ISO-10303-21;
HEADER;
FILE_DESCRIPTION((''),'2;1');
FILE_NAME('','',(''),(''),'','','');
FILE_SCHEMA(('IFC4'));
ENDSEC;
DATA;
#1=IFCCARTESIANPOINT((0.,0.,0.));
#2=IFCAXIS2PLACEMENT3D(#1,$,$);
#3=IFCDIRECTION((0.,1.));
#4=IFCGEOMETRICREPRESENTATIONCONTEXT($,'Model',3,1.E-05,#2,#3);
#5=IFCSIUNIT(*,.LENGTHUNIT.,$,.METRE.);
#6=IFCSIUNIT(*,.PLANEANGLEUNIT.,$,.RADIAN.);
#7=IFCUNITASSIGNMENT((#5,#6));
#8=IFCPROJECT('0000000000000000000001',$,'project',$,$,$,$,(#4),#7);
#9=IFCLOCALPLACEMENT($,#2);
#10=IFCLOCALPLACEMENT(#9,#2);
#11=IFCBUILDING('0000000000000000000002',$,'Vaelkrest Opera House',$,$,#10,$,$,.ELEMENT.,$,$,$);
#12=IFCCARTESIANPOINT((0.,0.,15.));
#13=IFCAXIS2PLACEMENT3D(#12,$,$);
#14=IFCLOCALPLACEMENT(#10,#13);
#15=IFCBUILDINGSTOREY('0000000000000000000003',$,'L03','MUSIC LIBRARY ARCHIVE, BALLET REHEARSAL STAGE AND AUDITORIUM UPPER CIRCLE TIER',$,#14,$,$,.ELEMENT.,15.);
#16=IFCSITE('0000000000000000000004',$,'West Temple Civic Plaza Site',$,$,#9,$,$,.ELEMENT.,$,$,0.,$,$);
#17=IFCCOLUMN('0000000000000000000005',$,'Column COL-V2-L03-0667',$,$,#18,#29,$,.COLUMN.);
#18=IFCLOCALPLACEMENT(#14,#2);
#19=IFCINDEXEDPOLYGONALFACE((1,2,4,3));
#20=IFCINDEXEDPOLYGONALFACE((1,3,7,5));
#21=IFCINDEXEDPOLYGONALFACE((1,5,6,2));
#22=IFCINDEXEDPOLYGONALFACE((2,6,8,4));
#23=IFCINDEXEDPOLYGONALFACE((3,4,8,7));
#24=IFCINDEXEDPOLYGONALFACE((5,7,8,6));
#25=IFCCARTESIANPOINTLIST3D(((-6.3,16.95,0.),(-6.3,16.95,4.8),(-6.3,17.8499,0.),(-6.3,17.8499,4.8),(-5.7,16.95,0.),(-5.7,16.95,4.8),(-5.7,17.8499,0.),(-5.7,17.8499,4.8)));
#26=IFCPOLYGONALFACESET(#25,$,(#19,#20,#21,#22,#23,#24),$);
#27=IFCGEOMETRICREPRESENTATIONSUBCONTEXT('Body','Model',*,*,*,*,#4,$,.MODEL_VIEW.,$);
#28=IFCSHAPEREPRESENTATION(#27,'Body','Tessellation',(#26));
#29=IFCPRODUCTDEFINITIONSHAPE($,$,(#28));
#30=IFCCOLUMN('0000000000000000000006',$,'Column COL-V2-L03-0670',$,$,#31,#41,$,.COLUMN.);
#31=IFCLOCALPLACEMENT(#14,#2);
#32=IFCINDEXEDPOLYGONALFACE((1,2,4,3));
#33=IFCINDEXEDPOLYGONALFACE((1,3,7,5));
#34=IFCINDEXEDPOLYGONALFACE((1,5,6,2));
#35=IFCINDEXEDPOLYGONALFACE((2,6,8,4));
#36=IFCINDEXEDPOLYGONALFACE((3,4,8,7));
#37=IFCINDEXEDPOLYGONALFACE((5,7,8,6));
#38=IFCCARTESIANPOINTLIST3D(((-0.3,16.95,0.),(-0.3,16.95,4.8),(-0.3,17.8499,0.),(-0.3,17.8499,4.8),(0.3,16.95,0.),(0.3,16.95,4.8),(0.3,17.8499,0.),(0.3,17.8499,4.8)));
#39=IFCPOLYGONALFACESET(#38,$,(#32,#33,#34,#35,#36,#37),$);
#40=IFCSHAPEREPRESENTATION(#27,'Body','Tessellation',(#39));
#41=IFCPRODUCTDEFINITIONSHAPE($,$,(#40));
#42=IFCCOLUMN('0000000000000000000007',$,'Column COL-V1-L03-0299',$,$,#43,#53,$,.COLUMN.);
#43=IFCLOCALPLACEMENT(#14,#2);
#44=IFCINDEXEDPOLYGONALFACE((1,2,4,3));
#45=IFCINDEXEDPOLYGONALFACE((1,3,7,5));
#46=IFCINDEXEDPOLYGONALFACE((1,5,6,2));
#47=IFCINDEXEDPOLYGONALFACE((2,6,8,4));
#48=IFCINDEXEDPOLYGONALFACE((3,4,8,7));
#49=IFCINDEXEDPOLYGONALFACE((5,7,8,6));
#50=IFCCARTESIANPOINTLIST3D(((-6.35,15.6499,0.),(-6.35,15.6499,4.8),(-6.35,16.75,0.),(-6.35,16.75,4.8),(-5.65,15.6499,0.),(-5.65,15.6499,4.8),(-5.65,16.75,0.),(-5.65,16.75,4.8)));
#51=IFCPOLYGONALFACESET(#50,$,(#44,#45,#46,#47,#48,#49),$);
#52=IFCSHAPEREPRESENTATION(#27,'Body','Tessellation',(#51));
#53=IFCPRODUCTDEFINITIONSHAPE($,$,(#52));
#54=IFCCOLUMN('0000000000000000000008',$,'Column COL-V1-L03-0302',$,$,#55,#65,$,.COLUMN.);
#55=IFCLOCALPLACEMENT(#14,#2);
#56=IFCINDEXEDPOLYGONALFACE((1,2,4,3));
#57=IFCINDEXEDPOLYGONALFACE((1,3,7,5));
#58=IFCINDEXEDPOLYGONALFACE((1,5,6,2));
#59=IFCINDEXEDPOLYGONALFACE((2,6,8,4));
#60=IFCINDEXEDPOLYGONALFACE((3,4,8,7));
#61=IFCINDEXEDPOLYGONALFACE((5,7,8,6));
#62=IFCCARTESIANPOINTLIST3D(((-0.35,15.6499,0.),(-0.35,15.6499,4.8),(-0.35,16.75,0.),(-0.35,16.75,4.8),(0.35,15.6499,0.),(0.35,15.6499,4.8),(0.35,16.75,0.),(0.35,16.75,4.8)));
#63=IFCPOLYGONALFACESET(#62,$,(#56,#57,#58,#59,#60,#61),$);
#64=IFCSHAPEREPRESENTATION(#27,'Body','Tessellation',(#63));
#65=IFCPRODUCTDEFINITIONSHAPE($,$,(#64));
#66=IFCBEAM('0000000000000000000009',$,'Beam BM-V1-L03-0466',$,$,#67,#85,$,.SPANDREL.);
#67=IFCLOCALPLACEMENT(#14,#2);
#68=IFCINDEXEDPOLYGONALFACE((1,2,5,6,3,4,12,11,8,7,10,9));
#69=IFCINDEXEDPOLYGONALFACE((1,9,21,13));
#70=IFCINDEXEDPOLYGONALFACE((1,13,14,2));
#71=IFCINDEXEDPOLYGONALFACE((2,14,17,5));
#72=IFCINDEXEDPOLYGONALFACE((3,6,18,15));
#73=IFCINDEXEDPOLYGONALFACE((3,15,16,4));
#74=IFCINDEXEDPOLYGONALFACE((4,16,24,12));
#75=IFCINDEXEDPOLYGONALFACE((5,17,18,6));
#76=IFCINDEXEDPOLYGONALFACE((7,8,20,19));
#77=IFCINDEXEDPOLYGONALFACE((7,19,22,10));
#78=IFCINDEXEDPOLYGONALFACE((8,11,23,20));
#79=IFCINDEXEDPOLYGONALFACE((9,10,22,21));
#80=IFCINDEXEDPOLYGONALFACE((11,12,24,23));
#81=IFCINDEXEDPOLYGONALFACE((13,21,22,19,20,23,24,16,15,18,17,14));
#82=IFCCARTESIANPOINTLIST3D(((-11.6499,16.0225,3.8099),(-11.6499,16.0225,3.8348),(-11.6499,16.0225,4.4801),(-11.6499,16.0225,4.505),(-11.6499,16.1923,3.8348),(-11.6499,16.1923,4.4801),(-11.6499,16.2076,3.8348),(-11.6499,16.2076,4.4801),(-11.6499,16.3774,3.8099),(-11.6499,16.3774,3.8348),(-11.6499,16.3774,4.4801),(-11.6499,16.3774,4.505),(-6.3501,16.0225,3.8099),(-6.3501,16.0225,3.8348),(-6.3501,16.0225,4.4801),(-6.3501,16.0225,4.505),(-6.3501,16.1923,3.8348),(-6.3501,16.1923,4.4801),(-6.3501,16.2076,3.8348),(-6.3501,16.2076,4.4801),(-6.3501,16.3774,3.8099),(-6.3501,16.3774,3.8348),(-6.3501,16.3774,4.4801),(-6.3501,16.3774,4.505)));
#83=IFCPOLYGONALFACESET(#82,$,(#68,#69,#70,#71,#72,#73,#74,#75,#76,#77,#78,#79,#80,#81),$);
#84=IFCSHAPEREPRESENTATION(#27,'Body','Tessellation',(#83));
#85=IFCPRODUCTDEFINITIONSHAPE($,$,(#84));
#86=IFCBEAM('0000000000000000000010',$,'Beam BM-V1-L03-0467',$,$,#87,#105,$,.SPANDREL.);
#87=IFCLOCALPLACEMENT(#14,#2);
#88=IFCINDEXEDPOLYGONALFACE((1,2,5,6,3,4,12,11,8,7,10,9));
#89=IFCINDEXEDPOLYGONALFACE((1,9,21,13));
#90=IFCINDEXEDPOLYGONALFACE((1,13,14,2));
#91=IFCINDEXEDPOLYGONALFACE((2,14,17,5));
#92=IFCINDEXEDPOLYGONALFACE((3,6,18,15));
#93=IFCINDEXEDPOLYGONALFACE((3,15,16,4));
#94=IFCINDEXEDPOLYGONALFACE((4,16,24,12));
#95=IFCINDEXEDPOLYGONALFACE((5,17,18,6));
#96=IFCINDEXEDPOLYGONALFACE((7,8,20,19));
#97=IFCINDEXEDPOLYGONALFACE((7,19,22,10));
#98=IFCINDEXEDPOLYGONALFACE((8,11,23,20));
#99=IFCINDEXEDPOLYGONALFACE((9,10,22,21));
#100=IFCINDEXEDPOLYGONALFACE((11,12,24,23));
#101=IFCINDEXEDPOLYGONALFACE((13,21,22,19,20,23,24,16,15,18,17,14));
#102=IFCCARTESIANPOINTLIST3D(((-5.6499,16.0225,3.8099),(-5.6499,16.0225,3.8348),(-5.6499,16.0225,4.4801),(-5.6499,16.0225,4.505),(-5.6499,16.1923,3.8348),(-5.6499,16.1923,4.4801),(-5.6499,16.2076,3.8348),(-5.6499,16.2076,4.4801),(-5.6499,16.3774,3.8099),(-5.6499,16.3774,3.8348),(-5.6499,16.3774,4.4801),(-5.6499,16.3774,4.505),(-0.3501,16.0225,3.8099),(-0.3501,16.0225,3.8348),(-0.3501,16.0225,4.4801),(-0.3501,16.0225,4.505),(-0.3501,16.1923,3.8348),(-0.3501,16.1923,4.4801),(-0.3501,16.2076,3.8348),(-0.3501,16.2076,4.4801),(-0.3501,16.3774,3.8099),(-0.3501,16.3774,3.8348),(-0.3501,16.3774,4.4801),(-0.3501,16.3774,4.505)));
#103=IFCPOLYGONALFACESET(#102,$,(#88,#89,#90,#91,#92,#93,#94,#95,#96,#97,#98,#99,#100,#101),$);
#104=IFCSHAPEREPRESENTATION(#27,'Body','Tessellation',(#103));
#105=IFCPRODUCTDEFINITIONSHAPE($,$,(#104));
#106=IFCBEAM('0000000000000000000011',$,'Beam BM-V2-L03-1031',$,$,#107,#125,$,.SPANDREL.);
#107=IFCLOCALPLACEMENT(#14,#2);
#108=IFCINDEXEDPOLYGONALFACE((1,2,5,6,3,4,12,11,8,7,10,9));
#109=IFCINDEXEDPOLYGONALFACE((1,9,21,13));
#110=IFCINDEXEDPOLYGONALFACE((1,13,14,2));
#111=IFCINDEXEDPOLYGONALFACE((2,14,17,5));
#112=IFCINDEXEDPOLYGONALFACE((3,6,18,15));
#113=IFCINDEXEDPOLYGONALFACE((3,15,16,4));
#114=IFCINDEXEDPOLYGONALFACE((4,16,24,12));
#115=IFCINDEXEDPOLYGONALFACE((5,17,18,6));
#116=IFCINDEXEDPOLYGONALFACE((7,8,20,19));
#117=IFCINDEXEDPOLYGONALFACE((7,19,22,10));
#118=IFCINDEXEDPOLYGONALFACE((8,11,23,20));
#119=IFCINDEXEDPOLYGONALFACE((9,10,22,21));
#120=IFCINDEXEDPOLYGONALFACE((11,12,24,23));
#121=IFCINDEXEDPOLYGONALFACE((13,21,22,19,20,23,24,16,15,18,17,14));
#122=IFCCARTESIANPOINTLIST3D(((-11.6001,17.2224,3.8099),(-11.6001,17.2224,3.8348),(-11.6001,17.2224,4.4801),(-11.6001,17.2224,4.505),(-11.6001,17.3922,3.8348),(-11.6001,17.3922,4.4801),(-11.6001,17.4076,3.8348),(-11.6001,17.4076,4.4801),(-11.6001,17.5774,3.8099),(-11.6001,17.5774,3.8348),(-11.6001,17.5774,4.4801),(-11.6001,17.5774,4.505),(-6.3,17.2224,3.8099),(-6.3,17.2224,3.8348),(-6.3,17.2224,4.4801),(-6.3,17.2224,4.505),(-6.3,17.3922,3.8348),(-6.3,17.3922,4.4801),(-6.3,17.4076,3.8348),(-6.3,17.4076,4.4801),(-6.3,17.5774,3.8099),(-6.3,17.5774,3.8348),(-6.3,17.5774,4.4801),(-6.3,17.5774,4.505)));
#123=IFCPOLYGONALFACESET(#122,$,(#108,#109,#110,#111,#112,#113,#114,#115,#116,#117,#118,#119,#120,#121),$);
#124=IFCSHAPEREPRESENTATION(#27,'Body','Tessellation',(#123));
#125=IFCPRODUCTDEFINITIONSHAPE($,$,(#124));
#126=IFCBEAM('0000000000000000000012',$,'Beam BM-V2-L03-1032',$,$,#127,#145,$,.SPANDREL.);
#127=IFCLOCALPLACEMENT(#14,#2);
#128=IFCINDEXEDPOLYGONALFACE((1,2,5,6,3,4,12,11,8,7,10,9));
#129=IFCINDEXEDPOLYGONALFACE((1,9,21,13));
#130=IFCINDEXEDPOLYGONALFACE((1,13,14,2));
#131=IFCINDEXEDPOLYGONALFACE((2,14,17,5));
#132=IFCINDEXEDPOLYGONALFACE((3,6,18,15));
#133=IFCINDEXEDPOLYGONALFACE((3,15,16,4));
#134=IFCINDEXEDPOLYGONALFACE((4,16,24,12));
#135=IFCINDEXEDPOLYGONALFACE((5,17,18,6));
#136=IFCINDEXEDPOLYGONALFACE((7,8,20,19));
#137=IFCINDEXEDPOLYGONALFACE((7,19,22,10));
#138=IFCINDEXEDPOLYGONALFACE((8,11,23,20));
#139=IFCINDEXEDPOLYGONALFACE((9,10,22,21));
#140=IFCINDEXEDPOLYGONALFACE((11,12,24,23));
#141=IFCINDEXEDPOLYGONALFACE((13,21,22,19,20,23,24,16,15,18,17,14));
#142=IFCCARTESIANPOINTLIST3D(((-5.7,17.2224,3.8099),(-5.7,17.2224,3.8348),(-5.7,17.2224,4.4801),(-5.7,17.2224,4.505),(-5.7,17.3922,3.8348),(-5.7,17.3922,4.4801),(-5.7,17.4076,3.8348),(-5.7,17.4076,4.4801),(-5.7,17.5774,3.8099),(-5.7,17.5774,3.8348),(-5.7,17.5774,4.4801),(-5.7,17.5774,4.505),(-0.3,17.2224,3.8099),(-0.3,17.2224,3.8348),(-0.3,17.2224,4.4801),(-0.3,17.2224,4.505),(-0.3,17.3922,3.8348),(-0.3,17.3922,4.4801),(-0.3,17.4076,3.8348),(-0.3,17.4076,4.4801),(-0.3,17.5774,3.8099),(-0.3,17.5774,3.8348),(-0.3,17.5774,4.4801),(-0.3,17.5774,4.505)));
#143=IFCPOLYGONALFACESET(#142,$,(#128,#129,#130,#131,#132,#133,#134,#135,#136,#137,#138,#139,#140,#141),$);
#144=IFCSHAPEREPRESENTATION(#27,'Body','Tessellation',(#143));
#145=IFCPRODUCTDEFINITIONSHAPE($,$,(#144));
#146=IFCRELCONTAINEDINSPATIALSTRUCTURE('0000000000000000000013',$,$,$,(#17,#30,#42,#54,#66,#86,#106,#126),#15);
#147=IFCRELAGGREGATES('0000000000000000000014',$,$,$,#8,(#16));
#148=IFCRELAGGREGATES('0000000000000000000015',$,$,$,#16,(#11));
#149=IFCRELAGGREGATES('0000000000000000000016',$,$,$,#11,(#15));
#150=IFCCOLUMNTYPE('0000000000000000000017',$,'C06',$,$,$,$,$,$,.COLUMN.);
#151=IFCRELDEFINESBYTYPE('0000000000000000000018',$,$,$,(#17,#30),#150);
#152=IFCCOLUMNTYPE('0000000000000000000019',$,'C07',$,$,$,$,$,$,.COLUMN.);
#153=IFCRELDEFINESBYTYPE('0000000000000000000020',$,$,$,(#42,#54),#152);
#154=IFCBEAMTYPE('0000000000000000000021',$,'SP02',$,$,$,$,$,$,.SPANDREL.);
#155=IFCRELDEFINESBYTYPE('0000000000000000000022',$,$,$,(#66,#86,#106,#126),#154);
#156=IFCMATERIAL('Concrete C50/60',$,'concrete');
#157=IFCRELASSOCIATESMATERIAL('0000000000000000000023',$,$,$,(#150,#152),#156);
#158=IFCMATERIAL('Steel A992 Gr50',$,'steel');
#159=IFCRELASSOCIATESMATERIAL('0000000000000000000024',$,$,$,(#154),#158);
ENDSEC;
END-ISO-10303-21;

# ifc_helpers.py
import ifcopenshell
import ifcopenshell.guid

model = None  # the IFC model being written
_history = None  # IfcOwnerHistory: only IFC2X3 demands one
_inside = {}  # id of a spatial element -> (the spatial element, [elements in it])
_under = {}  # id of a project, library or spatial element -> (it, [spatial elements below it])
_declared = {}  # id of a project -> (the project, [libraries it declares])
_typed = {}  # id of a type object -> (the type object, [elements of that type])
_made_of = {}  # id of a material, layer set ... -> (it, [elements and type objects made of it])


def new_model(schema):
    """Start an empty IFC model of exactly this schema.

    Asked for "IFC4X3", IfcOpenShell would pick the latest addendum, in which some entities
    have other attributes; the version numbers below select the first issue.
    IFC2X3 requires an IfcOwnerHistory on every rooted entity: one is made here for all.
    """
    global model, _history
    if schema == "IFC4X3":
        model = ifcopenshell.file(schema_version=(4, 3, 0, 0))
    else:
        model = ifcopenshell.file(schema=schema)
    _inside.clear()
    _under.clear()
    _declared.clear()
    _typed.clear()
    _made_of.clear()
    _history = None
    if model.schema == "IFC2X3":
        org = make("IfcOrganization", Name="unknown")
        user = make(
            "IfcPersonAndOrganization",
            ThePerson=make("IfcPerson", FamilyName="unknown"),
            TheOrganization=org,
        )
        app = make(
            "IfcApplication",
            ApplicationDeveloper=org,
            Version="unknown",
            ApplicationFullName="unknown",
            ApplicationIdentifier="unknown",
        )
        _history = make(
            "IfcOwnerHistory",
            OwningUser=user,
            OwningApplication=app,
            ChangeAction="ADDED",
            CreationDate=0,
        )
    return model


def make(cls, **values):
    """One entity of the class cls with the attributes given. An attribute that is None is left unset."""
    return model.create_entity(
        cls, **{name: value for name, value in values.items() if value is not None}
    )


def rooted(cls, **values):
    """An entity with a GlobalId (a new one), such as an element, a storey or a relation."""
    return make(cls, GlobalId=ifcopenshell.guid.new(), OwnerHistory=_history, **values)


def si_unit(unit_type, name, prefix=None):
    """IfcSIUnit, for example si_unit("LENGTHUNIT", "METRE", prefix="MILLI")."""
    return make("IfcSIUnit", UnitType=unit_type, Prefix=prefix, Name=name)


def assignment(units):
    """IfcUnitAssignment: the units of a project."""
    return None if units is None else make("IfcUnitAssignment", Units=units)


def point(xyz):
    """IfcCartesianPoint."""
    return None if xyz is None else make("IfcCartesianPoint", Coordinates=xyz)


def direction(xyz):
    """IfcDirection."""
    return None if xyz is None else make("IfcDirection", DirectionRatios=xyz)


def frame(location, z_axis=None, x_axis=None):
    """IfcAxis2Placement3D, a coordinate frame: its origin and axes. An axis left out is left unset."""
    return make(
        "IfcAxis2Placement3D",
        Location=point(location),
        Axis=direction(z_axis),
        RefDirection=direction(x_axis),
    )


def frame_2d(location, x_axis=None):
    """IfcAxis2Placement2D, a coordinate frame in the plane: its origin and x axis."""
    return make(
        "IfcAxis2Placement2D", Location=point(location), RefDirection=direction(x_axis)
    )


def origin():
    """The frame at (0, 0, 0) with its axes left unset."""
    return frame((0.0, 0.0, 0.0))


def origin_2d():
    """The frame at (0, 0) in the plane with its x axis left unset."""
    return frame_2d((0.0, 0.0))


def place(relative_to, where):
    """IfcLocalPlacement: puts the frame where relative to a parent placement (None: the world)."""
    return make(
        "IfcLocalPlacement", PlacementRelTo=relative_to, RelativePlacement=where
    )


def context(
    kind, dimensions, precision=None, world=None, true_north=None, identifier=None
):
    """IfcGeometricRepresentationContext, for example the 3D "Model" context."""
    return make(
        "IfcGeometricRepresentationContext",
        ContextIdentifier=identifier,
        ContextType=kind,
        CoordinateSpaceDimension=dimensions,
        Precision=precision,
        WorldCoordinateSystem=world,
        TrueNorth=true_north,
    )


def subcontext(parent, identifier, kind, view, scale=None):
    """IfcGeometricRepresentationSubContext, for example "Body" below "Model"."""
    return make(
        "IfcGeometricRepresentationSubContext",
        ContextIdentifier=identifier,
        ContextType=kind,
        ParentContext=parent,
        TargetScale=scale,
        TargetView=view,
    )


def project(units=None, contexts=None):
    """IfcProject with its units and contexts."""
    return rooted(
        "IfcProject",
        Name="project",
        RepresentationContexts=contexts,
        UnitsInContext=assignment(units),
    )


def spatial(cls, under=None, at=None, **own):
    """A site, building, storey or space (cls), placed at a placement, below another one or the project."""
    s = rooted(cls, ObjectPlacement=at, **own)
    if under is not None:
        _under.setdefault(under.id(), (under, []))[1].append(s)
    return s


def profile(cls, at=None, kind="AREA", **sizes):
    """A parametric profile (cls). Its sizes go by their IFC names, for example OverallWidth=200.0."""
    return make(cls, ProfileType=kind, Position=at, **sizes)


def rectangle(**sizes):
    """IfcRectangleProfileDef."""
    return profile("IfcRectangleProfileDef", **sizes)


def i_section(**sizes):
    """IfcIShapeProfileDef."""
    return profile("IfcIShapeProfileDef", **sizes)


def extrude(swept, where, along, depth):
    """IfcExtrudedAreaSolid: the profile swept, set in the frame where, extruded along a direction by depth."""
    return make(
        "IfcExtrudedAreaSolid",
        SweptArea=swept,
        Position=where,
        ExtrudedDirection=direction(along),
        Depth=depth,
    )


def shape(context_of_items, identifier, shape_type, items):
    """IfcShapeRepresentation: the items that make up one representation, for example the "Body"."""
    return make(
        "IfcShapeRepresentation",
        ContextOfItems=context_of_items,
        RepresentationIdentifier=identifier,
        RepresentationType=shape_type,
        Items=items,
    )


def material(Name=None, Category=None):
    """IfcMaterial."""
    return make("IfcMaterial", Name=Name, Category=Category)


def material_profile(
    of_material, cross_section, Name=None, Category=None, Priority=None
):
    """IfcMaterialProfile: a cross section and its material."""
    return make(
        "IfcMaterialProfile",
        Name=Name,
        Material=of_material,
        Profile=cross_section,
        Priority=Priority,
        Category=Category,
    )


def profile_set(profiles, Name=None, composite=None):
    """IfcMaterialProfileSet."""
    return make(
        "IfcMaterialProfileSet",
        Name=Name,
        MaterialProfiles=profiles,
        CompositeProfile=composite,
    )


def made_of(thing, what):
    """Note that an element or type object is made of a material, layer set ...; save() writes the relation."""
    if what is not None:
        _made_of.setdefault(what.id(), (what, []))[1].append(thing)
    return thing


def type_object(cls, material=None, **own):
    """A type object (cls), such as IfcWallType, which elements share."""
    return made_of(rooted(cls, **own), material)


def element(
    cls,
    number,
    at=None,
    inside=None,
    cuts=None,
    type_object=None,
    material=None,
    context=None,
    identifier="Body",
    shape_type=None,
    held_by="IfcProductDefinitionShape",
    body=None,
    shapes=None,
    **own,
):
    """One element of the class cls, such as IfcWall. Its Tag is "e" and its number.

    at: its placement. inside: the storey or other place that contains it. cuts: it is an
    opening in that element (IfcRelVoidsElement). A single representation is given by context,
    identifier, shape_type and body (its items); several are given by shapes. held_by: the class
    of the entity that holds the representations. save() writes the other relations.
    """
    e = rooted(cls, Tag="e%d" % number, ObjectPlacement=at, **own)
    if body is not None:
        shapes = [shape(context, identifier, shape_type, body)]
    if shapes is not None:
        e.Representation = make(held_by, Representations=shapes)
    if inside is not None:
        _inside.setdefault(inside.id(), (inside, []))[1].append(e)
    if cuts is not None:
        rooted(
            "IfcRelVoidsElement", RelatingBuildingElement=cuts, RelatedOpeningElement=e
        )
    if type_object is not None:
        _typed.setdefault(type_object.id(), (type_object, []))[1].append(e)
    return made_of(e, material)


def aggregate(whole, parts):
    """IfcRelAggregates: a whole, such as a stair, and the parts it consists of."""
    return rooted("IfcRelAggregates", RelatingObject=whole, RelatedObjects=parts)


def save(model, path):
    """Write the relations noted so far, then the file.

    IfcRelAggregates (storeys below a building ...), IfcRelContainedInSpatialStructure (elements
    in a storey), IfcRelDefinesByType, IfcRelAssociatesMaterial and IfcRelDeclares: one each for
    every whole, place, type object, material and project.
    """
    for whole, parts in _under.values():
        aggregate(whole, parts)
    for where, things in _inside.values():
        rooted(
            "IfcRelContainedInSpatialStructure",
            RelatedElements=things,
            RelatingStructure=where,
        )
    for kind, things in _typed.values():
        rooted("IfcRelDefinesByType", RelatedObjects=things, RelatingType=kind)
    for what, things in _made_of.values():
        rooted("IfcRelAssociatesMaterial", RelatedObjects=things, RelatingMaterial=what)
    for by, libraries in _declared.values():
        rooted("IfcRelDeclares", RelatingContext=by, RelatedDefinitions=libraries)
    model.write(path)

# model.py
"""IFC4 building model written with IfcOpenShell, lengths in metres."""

from ifc_helpers import new_model, si_unit, direction, frame, origin, origin_2d, place, context, subcontext, project, spatial, rectangle, i_section, extrude, material, material_profile, profile_set, type_object, element, save


model = new_model("IFC4")

# Units and contexts
model_context = context("Model", 3, precision=1e-05, world=origin(), true_north=direction((0.0, 1.0)))
body_context = subcontext(model_context, "Body", "Model", "MODEL_VIEW")
ifc_project = project(units=[si_unit("LENGTHUNIT", "METRE"), si_unit("PLANEANGLEUNIT", "RADIAN")], contexts=[model_context])

# Site, building, storey
site_placement = place(None, origin())
site = spatial("IfcSite", under=ifc_project, at=site_placement, Name="West Temple Civic Plaza Site", CompositionType="ELEMENT", RefElevation=0.0)
building_placement = place(site_placement, origin())
building = spatial("IfcBuilding", under=site, at=building_placement, Name="Vaelkrest Opera House", CompositionType="ELEMENT")
storey_placement = place(building_placement, frame((0.0, 0.0, 15.0)))
storey = spatial("IfcBuildingStorey", under=building, at=storey_placement, Name="L03", Description="MUSIC LIBRARY ARCHIVE, BALLET REHEARSAL STAGE AND AUDITORIUM UPPER CIRCLE TIER", CompositionType="ELEMENT", Elevation=15.0)

# Columns
ifc_material_1 = material(Name="Concrete C50/60", Category="concrete")
ifc_material_profile_1 = material_profile(ifc_material_1, rectangle(XDim=0.6001, YDim=0.8999, at=origin_2d()), Name="RC600X900")
ifc_profile_set_1 = profile_set([ifc_material_profile_1], Name="Concrete C50/60")
column_type_1 = type_object("IfcColumnType", Name="C06", PredefinedType="COLUMN", material=ifc_profile_set_1)
for number, where, z_axis, x_axis, name in (
    (1, (-6.0, 17.3999, 0.0), (0.0, 0.0, 1.0), (1.0, 0.0, 0.0), "Column COL-V2-L03-0667"),
    (2, (0.0, 17.3999, 0.0), (0.0, 0.0, 1.0), (1.0, 0.0, 0.0), "Column COL-V2-L03-0670"),
):
    element("IfcColumn", number, at=place(storey_placement, frame(where, z_axis=z_axis, x_axis=x_axis)), inside=storey, type_object=column_type_1, Name=name, PredefinedType="COLUMN", context=body_context, shape_type="SweptSolid", body=[
        extrude(rectangle(XDim=0.6001, YDim=0.8999, at=origin_2d()), origin(), (0.0, 0.0, 1.0), 4.8),
    ])
ifc_material_profile_2 = material_profile(ifc_material_1, rectangle(XDim=0.7, YDim=1.1001, at=origin_2d()), Name="RC700X1100")
ifc_profile_set_2 = profile_set([ifc_material_profile_2], Name="Concrete C50/60")
column_type_2 = type_object("IfcColumnType", Name="C07", PredefinedType="COLUMN", material=ifc_profile_set_2)
for number, where, z_axis, x_axis, name in (
    (3, (-6.0, 16.2, 0.0), (0.0, 0.0, 1.0), (1.0, 0.0, 0.0), "Column COL-V1-L03-0299"),
    (4, (0.0, 16.2, 0.0), (0.0, 0.0, 1.0), (1.0, 0.0, 0.0), "Column COL-V1-L03-0302"),
):
    element("IfcColumn", number, at=place(storey_placement, frame(where, z_axis=z_axis, x_axis=x_axis)), inside=storey, type_object=column_type_2, Name=name, PredefinedType="COLUMN", context=body_context, shape_type="SweptSolid", body=[
        extrude(rectangle(XDim=0.7, YDim=1.1001, at=origin_2d()), origin(), (0.0, 0.0, 1.0), 4.8),
    ])

# Beams
ifc_material_2 = material(Name="Steel A992 Gr50", Category="steel")
ifc_material_profile_3 = material_profile(ifc_material_2, i_section(OverallWidth=0.355, OverallDepth=0.6951, WebThickness=0.0154, FlangeThickness=0.0249, at=origin_2d()), Name="W27X146")
ifc_profile_set_3 = profile_set([ifc_material_profile_3], Name="Steel A992 Gr50")
beam_type = type_object("IfcBeamType", Name="SP02", PredefinedType="SPANDREL", material=ifc_profile_set_3)
for number, where, z_axis, x_axis, name in (
    (5, (-11.6499, 16.2, 4.1575), (1.0, 0.0, 0.0), (0.0, 1.0, 0.0), "Beam BM-V1-L03-0466"),
    (6, (-5.6499, 16.2, 4.1575), (1.0, 0.0, 0.0), (0.0, 1.0, 0.0), "Beam BM-V1-L03-0467"),
):
    element("IfcBeam", number, at=place(storey_placement, frame(where, z_axis=z_axis, x_axis=x_axis)), inside=storey, type_object=beam_type, Name=name, PredefinedType="SPANDREL", context=body_context, shape_type="SweptSolid", body=[
        extrude(i_section(OverallWidth=0.355, OverallDepth=0.6951, WebThickness=0.0154, FlangeThickness=0.0249, at=origin_2d()), origin(), (0.0, 0.0, 1.0), 5.2998),
    ])
beam_1_placement = place(storey_placement, frame((-11.6001, 17.3999, 4.1575), z_axis=(1.0, 0.0, 0.0), x_axis=(0.0, 1.0, 0.0)))
element("IfcBeam", 7, at=beam_1_placement, inside=storey, type_object=beam_type, Name="Beam BM-V2-L03-1031", PredefinedType="SPANDREL", context=body_context, shape_type="SweptSolid", body=[
    extrude(i_section(OverallWidth=0.355, OverallDepth=0.6951, WebThickness=0.0154, FlangeThickness=0.0249, at=origin_2d()), origin(), (0.0, 0.0, 1.0), 5.3),
])
beam_2_placement = place(storey_placement, frame((-5.7, 17.3999, 4.1575), z_axis=(1.0, 0.0, 0.0), x_axis=(0.0, 1.0, 0.0)))
element("IfcBeam", 8, at=beam_2_placement, inside=storey, type_object=beam_type, Name="Beam BM-V2-L03-1032", PredefinedType="SPANDREL", context=body_context, shape_type="SweptSolid", body=[
    extrude(i_section(OverallWidth=0.355, OverallDepth=0.6951, WebThickness=0.0154, FlangeThickness=0.0249, at=origin_2d()), origin(), (0.0, 0.0, 1.0), 5.3999),
])

save(model, "model.ifc")
